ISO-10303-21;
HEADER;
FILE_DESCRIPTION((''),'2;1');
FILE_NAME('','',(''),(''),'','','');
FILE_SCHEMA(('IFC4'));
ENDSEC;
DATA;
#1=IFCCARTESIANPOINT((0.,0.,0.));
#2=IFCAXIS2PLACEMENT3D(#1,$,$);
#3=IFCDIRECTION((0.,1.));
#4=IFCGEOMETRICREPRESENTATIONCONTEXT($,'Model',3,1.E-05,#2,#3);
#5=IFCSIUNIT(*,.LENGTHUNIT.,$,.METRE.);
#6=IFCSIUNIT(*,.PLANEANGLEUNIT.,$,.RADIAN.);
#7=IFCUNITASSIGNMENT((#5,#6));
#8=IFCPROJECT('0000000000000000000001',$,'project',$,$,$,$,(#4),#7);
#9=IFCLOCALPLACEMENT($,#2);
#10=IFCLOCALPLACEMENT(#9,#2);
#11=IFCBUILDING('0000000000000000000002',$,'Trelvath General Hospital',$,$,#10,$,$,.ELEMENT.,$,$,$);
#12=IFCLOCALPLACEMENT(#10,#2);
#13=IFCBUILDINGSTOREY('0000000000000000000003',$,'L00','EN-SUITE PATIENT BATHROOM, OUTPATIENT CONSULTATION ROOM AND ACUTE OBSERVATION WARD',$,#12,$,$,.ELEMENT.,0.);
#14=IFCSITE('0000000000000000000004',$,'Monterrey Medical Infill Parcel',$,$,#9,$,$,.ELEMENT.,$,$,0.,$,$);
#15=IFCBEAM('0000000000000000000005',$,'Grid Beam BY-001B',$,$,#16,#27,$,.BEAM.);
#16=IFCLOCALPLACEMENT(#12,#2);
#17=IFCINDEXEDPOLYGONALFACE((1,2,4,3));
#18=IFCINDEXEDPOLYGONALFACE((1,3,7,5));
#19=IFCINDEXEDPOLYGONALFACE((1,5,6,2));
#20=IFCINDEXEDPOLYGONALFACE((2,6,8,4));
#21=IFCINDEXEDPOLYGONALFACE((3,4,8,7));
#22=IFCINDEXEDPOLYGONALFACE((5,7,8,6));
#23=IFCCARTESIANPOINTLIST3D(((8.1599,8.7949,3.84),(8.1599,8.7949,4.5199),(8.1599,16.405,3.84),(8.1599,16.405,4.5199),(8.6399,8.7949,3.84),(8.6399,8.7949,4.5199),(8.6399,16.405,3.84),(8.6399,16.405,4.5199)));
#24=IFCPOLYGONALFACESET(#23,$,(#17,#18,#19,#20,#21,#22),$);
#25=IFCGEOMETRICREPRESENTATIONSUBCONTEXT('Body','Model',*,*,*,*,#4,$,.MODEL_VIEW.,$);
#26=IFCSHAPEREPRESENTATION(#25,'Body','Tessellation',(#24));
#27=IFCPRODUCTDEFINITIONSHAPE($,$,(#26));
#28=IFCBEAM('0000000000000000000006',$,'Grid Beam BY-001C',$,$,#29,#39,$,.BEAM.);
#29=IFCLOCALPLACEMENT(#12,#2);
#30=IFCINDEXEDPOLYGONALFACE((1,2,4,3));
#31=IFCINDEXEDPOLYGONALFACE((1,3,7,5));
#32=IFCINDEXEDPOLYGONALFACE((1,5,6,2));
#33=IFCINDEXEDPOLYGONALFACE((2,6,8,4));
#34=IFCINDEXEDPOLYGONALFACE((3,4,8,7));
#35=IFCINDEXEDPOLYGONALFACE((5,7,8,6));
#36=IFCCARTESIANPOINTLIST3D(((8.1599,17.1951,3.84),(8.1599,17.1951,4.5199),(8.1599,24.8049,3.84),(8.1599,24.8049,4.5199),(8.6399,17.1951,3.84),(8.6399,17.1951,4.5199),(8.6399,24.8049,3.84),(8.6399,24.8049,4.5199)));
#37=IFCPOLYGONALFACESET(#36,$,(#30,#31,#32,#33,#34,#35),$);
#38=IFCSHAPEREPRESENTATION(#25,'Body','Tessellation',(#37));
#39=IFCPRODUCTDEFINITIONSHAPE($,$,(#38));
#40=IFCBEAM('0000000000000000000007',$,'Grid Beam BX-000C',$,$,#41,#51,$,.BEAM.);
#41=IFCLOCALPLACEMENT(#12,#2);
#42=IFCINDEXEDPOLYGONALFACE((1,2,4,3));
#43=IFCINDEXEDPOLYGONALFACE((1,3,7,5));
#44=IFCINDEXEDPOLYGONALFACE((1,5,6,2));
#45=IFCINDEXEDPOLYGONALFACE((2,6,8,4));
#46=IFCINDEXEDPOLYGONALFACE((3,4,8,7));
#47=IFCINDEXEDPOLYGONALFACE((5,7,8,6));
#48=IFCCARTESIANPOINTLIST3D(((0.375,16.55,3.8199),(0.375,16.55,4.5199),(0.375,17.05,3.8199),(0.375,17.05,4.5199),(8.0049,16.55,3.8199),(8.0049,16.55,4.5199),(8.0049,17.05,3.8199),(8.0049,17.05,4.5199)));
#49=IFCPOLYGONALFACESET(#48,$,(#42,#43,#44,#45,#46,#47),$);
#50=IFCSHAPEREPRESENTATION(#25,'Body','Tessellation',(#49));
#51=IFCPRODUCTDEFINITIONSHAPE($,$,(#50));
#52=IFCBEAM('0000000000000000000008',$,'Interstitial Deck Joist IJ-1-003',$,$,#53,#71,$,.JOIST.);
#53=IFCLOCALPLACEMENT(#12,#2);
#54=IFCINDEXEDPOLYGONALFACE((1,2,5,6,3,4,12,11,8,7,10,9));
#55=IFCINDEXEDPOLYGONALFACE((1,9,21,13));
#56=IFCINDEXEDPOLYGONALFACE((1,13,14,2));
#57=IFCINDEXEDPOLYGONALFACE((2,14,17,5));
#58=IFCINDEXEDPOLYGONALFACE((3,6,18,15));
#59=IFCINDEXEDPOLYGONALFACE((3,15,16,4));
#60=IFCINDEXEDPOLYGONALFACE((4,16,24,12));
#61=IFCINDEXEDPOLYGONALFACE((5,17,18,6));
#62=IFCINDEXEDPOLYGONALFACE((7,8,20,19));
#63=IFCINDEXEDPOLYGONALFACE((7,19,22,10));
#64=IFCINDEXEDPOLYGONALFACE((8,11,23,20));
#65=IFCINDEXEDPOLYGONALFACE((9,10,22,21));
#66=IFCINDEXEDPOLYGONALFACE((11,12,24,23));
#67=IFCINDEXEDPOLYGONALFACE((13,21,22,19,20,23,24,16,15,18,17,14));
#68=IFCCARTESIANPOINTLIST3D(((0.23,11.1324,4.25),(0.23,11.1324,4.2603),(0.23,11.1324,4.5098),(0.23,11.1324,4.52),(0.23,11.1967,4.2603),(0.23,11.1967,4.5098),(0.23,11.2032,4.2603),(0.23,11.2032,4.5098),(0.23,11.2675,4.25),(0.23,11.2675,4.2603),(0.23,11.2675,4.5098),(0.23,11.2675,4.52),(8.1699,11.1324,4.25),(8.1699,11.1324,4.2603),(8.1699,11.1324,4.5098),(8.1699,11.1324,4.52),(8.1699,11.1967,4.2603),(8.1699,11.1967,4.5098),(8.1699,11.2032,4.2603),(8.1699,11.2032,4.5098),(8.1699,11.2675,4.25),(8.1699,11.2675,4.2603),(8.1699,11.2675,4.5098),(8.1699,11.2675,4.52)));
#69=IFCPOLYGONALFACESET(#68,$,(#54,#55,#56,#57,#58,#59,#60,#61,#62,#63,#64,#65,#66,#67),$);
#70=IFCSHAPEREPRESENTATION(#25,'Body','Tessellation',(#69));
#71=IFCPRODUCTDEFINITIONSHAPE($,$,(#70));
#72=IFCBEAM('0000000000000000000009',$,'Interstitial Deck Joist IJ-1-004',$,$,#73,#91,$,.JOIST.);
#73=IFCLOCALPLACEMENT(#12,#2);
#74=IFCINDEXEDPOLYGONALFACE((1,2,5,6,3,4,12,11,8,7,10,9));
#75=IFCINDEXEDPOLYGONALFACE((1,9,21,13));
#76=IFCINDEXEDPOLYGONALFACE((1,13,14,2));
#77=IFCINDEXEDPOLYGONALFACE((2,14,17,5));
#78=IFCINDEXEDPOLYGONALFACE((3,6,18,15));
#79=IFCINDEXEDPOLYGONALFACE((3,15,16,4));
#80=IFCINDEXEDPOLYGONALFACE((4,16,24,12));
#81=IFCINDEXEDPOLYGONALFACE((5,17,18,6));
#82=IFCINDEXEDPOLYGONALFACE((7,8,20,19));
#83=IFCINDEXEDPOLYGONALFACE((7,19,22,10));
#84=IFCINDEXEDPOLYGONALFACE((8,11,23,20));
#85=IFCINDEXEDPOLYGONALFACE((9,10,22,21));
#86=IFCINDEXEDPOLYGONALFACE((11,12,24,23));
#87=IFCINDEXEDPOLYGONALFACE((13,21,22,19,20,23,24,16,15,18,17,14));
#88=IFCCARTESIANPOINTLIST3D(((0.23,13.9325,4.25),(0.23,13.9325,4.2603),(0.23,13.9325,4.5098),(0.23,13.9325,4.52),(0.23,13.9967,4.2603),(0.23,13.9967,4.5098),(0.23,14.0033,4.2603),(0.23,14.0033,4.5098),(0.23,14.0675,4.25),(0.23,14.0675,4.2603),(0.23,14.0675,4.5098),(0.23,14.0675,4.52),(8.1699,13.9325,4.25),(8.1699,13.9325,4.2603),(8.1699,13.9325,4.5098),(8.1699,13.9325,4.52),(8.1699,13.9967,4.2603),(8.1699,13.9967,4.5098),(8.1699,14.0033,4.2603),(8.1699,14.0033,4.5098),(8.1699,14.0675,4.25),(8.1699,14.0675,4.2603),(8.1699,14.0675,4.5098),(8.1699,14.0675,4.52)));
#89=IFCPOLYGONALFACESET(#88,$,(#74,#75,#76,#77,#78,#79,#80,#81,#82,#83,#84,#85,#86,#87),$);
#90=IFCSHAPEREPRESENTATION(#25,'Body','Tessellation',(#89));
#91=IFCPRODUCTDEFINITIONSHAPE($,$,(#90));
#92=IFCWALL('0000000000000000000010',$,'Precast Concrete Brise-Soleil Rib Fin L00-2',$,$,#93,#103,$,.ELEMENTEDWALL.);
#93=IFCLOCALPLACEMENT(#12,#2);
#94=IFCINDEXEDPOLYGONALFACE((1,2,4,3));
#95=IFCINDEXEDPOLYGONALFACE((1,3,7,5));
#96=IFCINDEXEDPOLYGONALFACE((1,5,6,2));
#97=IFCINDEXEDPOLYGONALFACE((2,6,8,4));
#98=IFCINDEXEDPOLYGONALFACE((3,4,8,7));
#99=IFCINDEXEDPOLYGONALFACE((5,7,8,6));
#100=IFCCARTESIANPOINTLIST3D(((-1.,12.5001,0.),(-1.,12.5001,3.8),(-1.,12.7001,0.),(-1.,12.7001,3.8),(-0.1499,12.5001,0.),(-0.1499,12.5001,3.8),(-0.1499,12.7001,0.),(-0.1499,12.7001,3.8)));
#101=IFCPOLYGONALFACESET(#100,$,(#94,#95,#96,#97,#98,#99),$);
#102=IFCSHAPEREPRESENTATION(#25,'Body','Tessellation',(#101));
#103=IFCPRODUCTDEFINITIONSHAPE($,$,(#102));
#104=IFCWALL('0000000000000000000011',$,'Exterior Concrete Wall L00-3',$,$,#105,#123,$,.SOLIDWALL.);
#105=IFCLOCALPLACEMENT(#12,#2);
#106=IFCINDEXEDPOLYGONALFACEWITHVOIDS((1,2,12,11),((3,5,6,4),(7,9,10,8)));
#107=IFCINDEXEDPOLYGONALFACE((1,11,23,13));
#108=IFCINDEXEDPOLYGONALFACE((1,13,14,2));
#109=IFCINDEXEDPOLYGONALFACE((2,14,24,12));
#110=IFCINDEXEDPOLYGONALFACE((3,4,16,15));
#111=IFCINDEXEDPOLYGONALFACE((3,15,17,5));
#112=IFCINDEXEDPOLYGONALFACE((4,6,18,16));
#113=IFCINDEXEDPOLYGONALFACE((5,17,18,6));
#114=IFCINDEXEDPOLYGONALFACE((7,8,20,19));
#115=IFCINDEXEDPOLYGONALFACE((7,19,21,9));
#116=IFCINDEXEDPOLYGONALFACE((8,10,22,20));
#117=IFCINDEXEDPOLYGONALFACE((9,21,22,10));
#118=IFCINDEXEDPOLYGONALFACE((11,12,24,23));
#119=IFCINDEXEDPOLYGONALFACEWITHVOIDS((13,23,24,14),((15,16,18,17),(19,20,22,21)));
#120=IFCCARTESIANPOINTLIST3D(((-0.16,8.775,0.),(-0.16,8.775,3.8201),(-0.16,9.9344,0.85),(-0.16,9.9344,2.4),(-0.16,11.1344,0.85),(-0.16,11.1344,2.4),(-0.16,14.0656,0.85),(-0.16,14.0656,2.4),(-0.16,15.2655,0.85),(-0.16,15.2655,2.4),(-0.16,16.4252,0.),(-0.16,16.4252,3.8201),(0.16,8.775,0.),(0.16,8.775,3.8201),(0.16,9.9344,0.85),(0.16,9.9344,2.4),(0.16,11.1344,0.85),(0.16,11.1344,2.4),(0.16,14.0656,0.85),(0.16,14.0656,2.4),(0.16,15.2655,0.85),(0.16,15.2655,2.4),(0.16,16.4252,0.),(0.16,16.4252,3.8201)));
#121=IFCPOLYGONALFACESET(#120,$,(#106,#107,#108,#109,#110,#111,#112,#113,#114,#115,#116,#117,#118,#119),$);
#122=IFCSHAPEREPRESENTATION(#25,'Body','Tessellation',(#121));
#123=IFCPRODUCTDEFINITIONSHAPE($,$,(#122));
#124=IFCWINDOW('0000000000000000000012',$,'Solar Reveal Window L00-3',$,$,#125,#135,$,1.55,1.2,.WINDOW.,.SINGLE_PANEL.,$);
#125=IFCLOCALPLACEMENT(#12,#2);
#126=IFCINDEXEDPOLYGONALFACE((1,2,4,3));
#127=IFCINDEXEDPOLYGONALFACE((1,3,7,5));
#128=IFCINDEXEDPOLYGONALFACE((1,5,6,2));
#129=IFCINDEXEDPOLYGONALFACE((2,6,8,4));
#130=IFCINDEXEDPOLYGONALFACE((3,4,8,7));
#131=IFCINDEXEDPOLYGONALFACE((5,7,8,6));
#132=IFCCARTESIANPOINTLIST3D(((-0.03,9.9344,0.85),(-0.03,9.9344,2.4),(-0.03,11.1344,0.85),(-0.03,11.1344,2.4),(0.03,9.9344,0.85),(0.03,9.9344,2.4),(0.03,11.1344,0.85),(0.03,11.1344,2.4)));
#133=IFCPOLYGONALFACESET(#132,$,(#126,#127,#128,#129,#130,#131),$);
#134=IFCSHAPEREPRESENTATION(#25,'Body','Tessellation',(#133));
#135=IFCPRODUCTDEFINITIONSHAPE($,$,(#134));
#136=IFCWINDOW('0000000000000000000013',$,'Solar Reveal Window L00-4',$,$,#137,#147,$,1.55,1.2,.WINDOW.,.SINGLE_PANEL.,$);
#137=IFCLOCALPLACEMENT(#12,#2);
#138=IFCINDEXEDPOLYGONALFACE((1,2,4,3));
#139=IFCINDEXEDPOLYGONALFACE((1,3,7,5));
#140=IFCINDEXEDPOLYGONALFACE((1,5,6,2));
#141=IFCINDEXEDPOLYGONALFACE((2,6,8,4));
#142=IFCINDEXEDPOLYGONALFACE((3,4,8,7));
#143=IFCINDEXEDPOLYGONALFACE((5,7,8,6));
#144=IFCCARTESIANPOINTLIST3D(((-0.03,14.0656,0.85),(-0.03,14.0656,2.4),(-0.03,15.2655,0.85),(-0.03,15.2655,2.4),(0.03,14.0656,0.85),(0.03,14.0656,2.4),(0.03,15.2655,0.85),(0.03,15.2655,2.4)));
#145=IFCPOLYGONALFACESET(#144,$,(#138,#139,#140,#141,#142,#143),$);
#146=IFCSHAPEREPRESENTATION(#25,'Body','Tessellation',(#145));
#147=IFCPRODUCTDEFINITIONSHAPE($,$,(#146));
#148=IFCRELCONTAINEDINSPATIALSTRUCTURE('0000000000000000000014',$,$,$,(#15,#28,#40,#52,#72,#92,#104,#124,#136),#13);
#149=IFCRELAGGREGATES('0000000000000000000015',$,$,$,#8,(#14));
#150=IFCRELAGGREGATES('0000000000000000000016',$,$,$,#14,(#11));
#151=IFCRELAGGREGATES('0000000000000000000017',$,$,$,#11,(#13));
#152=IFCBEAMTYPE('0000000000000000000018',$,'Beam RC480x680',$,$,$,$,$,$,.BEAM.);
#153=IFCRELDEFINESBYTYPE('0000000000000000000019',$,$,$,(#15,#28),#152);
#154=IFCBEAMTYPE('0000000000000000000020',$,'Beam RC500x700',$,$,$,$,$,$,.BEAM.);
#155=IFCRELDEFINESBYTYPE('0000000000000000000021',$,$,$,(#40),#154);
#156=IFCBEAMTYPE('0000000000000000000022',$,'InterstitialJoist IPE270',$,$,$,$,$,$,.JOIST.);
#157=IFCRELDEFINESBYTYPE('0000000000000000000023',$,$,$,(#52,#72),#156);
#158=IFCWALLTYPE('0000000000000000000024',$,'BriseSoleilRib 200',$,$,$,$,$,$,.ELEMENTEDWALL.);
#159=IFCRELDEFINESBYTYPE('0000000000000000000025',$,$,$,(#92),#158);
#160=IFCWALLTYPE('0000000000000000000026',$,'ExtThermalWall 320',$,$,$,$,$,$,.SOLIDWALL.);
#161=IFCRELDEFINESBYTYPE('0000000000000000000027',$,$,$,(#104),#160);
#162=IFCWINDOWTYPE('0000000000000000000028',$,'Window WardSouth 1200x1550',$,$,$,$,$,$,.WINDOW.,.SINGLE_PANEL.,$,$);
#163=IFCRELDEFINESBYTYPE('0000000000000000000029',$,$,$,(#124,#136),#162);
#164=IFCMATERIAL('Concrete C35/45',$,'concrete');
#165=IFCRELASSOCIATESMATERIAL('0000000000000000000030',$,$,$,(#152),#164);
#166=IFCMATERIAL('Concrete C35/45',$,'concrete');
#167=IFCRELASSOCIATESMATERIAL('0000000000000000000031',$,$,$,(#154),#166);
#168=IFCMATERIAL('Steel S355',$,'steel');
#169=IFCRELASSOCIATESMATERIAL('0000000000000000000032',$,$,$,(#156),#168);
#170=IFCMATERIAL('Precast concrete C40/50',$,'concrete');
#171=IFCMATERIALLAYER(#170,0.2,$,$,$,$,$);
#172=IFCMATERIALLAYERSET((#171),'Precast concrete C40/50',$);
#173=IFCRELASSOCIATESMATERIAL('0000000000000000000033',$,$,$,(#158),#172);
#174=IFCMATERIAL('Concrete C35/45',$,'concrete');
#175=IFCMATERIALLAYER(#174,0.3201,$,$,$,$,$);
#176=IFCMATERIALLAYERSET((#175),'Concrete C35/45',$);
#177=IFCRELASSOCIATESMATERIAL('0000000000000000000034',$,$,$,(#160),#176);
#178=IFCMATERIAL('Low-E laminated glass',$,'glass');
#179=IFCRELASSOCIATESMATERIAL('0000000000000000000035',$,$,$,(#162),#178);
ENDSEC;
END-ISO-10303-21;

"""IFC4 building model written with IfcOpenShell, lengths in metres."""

from ifc_helpers import new_model, si_unit, direction, frame, frame_2d, origin, origin_2d, place, context, subcontext, project, spatial, rectangle, i_section, extrude, material, layer, layer_set, material_profile, profile_set, type_object, element, fill, save


model = new_model("IFC4")

# Units and contexts
model_context = context("Model", 3, precision=1e-05, world=origin(), true_north=direction((0.0, 1.0)))
body_context = subcontext(model_context, "Body", "Model", "MODEL_VIEW")
ifc_project = project(units=[si_unit("LENGTHUNIT", "METRE"), si_unit("PLANEANGLEUNIT", "RADIAN")], contexts=[model_context])

# Site, building, storey
site_placement = place(None, origin())
site = spatial("IfcSite", under=ifc_project, at=site_placement, Name="Monterrey Medical Infill Parcel", CompositionType="ELEMENT", RefElevation=0.0)
building_placement = place(site_placement, origin())
building = spatial("IfcBuilding", under=site, at=building_placement, Name="Trelvath General Hospital", CompositionType="ELEMENT")
storey_placement = place(building_placement, origin())
storey = spatial("IfcBuildingStorey", under=building, at=storey_placement, Name="L00", Description="EN-SUITE PATIENT BATHROOM, OUTPATIENT CONSULTATION ROOM AND ACUTE OBSERVATION WARD", CompositionType="ELEMENT", Elevation=0.0)

# Beams
ifc_material_1 = material(Name="Concrete C35/45", Category="concrete")
ifc_material_profile_1 = material_profile(ifc_material_1, rectangle(XDim=0.48, YDim=0.6799, at=origin_2d()), Name="RCB480x680")
ifc_profile_set_1 = profile_set([ifc_material_profile_1], Name="Concrete C35/45")
beam_type_1 = type_object("IfcBeamType", Name="Beam RC480x680", PredefinedType="BEAM", material=ifc_profile_set_1)
beam_1_placement = place(storey_placement, frame((8.3999, 8.7949, 4.1799), z_axis=(0.0, 1.0, 0.0), x_axis=(-1.0, 0.0, 0.0)))
element("IfcBeam", 1, at=beam_1_placement, inside=storey, type_object=beam_type_1, Name="Grid Beam BY-001B", PredefinedType="BEAM", context=body_context, shape_type="SweptSolid", body=[
    extrude(rectangle(XDim=0.48, YDim=0.6799, at=origin_2d()), origin(), (0.0, 0.0, 1.0), 7.6101),
])
beam_2_placement = place(storey_placement, frame((8.3999, 17.1951, 4.1799), z_axis=(0.0, 1.0, 0.0), x_axis=(-1.0, 0.0, 0.0)))
element("IfcBeam", 2, at=beam_2_placement, inside=storey, type_object=beam_type_1, Name="Grid Beam BY-001C", PredefinedType="BEAM", context=body_context, shape_type="SweptSolid", body=[
    extrude(rectangle(XDim=0.48, YDim=0.6799, at=origin_2d()), origin(), (0.0, 0.0, 1.0), 7.6099),
])
ifc_material_2 = material(Name="Concrete C35/45", Category="concrete")
ifc_material_profile_2 = material_profile(ifc_material_2, rectangle(XDim=0.5, YDim=0.7, at=origin_2d()), Name="RCB500x700")
ifc_profile_set_2 = profile_set([ifc_material_profile_2], Name="Concrete C35/45")
beam_type_2 = type_object("IfcBeamType", Name="Beam RC500x700", PredefinedType="BEAM", material=ifc_profile_set_2)
beam_3_placement = place(storey_placement, frame((0.375, 16.8, 4.1699), z_axis=(1.0, 0.0, 0.0), x_axis=(0.0, 1.0, 0.0)))
element("IfcBeam", 3, at=beam_3_placement, inside=storey, type_object=beam_type_2, Name="Grid Beam BX-000C", PredefinedType="BEAM", context=body_context, shape_type="SweptSolid", body=[
    extrude(rectangle(XDim=0.5, YDim=0.7, at=origin_2d()), origin(), (0.0, 0.0, 1.0), 7.6299),
])
ifc_material_3 = material(Name="Steel S355", Category="steel")
ifc_material_profile_3 = material_profile(ifc_material_3, i_section(OverallWidth=0.135, OverallDepth=0.27, WebThickness=0.0066, FlangeThickness=0.0103, at=origin_2d()), Name="IPE270")
ifc_profile_set_3 = profile_set([ifc_material_profile_3], Name="Steel S355")
beam_type_3 = type_object("IfcBeamType", Name="InterstitialJoist IPE270", PredefinedType="JOIST", material=ifc_profile_set_3)
for number, where, z_axis, x_axis, name in (
    (4, (0.23, 11.2, 4.385), (1.0, 0.0, 0.0), (0.0, 1.0, 0.0), "Interstitial Deck Joist IJ-1-003"),
    (5, (0.23, 14.0, 4.385), (1.0, 0.0, 0.0), (0.0, 1.0, 0.0), "Interstitial Deck Joist IJ-1-004"),
):
    element("IfcBeam", number, at=place(storey_placement, frame(where, z_axis=z_axis, x_axis=x_axis)), inside=storey, type_object=beam_type_3, Name=name, PredefinedType="JOIST", context=body_context, shape_type="SweptSolid", body=[
        extrude(i_section(OverallWidth=0.135, OverallDepth=0.27, WebThickness=0.0066, FlangeThickness=0.0103, at=origin_2d()), origin(), (0.0, 0.0, 1.0), 7.9399),
    ])

# Wall
ifc_material_4 = material(Name="Precast concrete C40/50", Category="concrete")
ifc_layer_1 = layer(ifc_material_4, 0.2)
ifc_layer_set_1 = layer_set([ifc_layer_1], Name="Precast concrete C40/50")
wall_type_1 = type_object("IfcWallType", Name="BriseSoleilRib 200", PredefinedType="ELEMENTEDWALL", material=ifc_layer_set_1)
wall_1_placement = place(storey_placement, frame((-0.1499, 12.6001, 0.0), z_axis=(0.0, 0.0, 1.0), x_axis=(-1.0, 0.0, 0.0)))
element("IfcWall", 6, at=wall_1_placement, inside=storey, type_object=wall_type_1, Name="Precast Concrete Brise-Soleil Rib Fin L00-2", PredefinedType="ELEMENTEDWALL", context=body_context, shape_type="SweptSolid", body=[
    extrude(rectangle(XDim=0.8501, YDim=0.2, at=frame_2d((0.425, 0.0))), origin(), (0.0, 0.0, 1.0), 3.8),
])

# Wall, openings, windows
ifc_material_5 = material(Name="Concrete C35/45", Category="concrete")
ifc_layer_2 = layer(ifc_material_5, 0.3201)
ifc_layer_set_2 = layer_set([ifc_layer_2], Name="Concrete C35/45")
wall_type_2 = type_object("IfcWallType", Name="ExtThermalWall 320", PredefinedType="SOLIDWALL", material=ifc_layer_set_2)
wall_2_placement = place(storey_placement, frame((0.0, 8.7749, 0.0), z_axis=(0.0, 0.0, 1.0), x_axis=(0.0, 1.0, 0.0)))
wall_2 = element("IfcWall", 7, at=wall_2_placement, inside=storey, type_object=wall_type_2, Name="Exterior Concrete Wall L00-3", PredefinedType="SOLIDWALL", context=body_context, shape_type="SweptSolid", body=[
    extrude(rectangle(XDim=7.6501, YDim=0.3201, at=frame_2d((3.8252, 0.0))), origin(), (0.0, 0.0, 1.0), 3.8201),
])
opening_1_placement = place(wall_2_placement, frame((1.1594, 0.0, 0.8501)))
opening_1 = element("IfcOpeningElement", 8, at=opening_1_placement, cuts=wall_2, PredefinedType="OPENING", context=body_context, shape_type="SweptSolid", body=[
    extrude(rectangle(XDim=1.2, YDim=1.55, at=frame_2d((0.6001, 0.7749))), frame((0.0, 0.1699, 0.0), z_axis=(0.0, -1.0, 0.0), x_axis=(1.0, 0.0, 0.0)), (0.0, 0.0, 1.0), 0.3401),
])
opening_2_placement = place(wall_2_placement, frame((5.2905, 0.0, 0.8501)))
opening_2 = element("IfcOpeningElement", 9, at=opening_2_placement, cuts=wall_2, PredefinedType="OPENING", context=body_context, shape_type="SweptSolid", body=[
    extrude(rectangle(XDim=1.2, YDim=1.55, at=frame_2d((0.6001, 0.7749))), frame((0.0, 0.1699, 0.0), z_axis=(0.0, -1.0, 0.0), x_axis=(1.0, 0.0, 0.0)), (0.0, 0.0, 1.0), 0.3401),
])
ifc_material_6 = material(Name="Low-E laminated glass", Category="glass")
window_type_1 = type_object("IfcWindowType", Name="Window WardSouth 1200x1550", PartitioningType="SINGLE_PANEL", PredefinedType="WINDOW", material=ifc_material_6)
window_1_placement = place(opening_1_placement, origin())
window_1 = element("IfcWindow", 10, at=window_1_placement, inside=storey, type_object=window_type_1, Name="Solar Reveal Window L00-3", OverallHeight=1.55, OverallWidth=1.2, PartitioningType="SINGLE_PANEL", PredefinedType="WINDOW", context=body_context, shape_type="SweptSolid", body=[
    extrude(rectangle(XDim=1.2, YDim=1.55, at=frame_2d((0.6001, 0.7749))), frame((0.0, 0.03, 0.0), z_axis=(0.0, -1.0, 0.0), x_axis=(1.0, 0.0, 0.0)), (0.0, 0.0, 1.0), 0.0601),
])
fill(opening_1, window_1)
window_2_placement = place(opening_2_placement, origin())
window_2 = element("IfcWindow", 11, at=window_2_placement, inside=storey, type_object=window_type_1, Name="Solar Reveal Window L00-4", OverallHeight=1.55, OverallWidth=1.2, PartitioningType="SINGLE_PANEL", PredefinedType="WINDOW", context=body_context, shape_type="SweptSolid", body=[
    extrude(rectangle(XDim=1.2, YDim=1.55, at=frame_2d((0.6001, 0.7749))), frame((0.0, 0.03, 0.0), z_axis=(0.0, -1.0, 0.0), x_axis=(1.0, 0.0, 0.0)), (0.0, 0.0, 1.0), 0.0601),
])
fill(opening_2, window_2)

save(model, "model.ifc")
